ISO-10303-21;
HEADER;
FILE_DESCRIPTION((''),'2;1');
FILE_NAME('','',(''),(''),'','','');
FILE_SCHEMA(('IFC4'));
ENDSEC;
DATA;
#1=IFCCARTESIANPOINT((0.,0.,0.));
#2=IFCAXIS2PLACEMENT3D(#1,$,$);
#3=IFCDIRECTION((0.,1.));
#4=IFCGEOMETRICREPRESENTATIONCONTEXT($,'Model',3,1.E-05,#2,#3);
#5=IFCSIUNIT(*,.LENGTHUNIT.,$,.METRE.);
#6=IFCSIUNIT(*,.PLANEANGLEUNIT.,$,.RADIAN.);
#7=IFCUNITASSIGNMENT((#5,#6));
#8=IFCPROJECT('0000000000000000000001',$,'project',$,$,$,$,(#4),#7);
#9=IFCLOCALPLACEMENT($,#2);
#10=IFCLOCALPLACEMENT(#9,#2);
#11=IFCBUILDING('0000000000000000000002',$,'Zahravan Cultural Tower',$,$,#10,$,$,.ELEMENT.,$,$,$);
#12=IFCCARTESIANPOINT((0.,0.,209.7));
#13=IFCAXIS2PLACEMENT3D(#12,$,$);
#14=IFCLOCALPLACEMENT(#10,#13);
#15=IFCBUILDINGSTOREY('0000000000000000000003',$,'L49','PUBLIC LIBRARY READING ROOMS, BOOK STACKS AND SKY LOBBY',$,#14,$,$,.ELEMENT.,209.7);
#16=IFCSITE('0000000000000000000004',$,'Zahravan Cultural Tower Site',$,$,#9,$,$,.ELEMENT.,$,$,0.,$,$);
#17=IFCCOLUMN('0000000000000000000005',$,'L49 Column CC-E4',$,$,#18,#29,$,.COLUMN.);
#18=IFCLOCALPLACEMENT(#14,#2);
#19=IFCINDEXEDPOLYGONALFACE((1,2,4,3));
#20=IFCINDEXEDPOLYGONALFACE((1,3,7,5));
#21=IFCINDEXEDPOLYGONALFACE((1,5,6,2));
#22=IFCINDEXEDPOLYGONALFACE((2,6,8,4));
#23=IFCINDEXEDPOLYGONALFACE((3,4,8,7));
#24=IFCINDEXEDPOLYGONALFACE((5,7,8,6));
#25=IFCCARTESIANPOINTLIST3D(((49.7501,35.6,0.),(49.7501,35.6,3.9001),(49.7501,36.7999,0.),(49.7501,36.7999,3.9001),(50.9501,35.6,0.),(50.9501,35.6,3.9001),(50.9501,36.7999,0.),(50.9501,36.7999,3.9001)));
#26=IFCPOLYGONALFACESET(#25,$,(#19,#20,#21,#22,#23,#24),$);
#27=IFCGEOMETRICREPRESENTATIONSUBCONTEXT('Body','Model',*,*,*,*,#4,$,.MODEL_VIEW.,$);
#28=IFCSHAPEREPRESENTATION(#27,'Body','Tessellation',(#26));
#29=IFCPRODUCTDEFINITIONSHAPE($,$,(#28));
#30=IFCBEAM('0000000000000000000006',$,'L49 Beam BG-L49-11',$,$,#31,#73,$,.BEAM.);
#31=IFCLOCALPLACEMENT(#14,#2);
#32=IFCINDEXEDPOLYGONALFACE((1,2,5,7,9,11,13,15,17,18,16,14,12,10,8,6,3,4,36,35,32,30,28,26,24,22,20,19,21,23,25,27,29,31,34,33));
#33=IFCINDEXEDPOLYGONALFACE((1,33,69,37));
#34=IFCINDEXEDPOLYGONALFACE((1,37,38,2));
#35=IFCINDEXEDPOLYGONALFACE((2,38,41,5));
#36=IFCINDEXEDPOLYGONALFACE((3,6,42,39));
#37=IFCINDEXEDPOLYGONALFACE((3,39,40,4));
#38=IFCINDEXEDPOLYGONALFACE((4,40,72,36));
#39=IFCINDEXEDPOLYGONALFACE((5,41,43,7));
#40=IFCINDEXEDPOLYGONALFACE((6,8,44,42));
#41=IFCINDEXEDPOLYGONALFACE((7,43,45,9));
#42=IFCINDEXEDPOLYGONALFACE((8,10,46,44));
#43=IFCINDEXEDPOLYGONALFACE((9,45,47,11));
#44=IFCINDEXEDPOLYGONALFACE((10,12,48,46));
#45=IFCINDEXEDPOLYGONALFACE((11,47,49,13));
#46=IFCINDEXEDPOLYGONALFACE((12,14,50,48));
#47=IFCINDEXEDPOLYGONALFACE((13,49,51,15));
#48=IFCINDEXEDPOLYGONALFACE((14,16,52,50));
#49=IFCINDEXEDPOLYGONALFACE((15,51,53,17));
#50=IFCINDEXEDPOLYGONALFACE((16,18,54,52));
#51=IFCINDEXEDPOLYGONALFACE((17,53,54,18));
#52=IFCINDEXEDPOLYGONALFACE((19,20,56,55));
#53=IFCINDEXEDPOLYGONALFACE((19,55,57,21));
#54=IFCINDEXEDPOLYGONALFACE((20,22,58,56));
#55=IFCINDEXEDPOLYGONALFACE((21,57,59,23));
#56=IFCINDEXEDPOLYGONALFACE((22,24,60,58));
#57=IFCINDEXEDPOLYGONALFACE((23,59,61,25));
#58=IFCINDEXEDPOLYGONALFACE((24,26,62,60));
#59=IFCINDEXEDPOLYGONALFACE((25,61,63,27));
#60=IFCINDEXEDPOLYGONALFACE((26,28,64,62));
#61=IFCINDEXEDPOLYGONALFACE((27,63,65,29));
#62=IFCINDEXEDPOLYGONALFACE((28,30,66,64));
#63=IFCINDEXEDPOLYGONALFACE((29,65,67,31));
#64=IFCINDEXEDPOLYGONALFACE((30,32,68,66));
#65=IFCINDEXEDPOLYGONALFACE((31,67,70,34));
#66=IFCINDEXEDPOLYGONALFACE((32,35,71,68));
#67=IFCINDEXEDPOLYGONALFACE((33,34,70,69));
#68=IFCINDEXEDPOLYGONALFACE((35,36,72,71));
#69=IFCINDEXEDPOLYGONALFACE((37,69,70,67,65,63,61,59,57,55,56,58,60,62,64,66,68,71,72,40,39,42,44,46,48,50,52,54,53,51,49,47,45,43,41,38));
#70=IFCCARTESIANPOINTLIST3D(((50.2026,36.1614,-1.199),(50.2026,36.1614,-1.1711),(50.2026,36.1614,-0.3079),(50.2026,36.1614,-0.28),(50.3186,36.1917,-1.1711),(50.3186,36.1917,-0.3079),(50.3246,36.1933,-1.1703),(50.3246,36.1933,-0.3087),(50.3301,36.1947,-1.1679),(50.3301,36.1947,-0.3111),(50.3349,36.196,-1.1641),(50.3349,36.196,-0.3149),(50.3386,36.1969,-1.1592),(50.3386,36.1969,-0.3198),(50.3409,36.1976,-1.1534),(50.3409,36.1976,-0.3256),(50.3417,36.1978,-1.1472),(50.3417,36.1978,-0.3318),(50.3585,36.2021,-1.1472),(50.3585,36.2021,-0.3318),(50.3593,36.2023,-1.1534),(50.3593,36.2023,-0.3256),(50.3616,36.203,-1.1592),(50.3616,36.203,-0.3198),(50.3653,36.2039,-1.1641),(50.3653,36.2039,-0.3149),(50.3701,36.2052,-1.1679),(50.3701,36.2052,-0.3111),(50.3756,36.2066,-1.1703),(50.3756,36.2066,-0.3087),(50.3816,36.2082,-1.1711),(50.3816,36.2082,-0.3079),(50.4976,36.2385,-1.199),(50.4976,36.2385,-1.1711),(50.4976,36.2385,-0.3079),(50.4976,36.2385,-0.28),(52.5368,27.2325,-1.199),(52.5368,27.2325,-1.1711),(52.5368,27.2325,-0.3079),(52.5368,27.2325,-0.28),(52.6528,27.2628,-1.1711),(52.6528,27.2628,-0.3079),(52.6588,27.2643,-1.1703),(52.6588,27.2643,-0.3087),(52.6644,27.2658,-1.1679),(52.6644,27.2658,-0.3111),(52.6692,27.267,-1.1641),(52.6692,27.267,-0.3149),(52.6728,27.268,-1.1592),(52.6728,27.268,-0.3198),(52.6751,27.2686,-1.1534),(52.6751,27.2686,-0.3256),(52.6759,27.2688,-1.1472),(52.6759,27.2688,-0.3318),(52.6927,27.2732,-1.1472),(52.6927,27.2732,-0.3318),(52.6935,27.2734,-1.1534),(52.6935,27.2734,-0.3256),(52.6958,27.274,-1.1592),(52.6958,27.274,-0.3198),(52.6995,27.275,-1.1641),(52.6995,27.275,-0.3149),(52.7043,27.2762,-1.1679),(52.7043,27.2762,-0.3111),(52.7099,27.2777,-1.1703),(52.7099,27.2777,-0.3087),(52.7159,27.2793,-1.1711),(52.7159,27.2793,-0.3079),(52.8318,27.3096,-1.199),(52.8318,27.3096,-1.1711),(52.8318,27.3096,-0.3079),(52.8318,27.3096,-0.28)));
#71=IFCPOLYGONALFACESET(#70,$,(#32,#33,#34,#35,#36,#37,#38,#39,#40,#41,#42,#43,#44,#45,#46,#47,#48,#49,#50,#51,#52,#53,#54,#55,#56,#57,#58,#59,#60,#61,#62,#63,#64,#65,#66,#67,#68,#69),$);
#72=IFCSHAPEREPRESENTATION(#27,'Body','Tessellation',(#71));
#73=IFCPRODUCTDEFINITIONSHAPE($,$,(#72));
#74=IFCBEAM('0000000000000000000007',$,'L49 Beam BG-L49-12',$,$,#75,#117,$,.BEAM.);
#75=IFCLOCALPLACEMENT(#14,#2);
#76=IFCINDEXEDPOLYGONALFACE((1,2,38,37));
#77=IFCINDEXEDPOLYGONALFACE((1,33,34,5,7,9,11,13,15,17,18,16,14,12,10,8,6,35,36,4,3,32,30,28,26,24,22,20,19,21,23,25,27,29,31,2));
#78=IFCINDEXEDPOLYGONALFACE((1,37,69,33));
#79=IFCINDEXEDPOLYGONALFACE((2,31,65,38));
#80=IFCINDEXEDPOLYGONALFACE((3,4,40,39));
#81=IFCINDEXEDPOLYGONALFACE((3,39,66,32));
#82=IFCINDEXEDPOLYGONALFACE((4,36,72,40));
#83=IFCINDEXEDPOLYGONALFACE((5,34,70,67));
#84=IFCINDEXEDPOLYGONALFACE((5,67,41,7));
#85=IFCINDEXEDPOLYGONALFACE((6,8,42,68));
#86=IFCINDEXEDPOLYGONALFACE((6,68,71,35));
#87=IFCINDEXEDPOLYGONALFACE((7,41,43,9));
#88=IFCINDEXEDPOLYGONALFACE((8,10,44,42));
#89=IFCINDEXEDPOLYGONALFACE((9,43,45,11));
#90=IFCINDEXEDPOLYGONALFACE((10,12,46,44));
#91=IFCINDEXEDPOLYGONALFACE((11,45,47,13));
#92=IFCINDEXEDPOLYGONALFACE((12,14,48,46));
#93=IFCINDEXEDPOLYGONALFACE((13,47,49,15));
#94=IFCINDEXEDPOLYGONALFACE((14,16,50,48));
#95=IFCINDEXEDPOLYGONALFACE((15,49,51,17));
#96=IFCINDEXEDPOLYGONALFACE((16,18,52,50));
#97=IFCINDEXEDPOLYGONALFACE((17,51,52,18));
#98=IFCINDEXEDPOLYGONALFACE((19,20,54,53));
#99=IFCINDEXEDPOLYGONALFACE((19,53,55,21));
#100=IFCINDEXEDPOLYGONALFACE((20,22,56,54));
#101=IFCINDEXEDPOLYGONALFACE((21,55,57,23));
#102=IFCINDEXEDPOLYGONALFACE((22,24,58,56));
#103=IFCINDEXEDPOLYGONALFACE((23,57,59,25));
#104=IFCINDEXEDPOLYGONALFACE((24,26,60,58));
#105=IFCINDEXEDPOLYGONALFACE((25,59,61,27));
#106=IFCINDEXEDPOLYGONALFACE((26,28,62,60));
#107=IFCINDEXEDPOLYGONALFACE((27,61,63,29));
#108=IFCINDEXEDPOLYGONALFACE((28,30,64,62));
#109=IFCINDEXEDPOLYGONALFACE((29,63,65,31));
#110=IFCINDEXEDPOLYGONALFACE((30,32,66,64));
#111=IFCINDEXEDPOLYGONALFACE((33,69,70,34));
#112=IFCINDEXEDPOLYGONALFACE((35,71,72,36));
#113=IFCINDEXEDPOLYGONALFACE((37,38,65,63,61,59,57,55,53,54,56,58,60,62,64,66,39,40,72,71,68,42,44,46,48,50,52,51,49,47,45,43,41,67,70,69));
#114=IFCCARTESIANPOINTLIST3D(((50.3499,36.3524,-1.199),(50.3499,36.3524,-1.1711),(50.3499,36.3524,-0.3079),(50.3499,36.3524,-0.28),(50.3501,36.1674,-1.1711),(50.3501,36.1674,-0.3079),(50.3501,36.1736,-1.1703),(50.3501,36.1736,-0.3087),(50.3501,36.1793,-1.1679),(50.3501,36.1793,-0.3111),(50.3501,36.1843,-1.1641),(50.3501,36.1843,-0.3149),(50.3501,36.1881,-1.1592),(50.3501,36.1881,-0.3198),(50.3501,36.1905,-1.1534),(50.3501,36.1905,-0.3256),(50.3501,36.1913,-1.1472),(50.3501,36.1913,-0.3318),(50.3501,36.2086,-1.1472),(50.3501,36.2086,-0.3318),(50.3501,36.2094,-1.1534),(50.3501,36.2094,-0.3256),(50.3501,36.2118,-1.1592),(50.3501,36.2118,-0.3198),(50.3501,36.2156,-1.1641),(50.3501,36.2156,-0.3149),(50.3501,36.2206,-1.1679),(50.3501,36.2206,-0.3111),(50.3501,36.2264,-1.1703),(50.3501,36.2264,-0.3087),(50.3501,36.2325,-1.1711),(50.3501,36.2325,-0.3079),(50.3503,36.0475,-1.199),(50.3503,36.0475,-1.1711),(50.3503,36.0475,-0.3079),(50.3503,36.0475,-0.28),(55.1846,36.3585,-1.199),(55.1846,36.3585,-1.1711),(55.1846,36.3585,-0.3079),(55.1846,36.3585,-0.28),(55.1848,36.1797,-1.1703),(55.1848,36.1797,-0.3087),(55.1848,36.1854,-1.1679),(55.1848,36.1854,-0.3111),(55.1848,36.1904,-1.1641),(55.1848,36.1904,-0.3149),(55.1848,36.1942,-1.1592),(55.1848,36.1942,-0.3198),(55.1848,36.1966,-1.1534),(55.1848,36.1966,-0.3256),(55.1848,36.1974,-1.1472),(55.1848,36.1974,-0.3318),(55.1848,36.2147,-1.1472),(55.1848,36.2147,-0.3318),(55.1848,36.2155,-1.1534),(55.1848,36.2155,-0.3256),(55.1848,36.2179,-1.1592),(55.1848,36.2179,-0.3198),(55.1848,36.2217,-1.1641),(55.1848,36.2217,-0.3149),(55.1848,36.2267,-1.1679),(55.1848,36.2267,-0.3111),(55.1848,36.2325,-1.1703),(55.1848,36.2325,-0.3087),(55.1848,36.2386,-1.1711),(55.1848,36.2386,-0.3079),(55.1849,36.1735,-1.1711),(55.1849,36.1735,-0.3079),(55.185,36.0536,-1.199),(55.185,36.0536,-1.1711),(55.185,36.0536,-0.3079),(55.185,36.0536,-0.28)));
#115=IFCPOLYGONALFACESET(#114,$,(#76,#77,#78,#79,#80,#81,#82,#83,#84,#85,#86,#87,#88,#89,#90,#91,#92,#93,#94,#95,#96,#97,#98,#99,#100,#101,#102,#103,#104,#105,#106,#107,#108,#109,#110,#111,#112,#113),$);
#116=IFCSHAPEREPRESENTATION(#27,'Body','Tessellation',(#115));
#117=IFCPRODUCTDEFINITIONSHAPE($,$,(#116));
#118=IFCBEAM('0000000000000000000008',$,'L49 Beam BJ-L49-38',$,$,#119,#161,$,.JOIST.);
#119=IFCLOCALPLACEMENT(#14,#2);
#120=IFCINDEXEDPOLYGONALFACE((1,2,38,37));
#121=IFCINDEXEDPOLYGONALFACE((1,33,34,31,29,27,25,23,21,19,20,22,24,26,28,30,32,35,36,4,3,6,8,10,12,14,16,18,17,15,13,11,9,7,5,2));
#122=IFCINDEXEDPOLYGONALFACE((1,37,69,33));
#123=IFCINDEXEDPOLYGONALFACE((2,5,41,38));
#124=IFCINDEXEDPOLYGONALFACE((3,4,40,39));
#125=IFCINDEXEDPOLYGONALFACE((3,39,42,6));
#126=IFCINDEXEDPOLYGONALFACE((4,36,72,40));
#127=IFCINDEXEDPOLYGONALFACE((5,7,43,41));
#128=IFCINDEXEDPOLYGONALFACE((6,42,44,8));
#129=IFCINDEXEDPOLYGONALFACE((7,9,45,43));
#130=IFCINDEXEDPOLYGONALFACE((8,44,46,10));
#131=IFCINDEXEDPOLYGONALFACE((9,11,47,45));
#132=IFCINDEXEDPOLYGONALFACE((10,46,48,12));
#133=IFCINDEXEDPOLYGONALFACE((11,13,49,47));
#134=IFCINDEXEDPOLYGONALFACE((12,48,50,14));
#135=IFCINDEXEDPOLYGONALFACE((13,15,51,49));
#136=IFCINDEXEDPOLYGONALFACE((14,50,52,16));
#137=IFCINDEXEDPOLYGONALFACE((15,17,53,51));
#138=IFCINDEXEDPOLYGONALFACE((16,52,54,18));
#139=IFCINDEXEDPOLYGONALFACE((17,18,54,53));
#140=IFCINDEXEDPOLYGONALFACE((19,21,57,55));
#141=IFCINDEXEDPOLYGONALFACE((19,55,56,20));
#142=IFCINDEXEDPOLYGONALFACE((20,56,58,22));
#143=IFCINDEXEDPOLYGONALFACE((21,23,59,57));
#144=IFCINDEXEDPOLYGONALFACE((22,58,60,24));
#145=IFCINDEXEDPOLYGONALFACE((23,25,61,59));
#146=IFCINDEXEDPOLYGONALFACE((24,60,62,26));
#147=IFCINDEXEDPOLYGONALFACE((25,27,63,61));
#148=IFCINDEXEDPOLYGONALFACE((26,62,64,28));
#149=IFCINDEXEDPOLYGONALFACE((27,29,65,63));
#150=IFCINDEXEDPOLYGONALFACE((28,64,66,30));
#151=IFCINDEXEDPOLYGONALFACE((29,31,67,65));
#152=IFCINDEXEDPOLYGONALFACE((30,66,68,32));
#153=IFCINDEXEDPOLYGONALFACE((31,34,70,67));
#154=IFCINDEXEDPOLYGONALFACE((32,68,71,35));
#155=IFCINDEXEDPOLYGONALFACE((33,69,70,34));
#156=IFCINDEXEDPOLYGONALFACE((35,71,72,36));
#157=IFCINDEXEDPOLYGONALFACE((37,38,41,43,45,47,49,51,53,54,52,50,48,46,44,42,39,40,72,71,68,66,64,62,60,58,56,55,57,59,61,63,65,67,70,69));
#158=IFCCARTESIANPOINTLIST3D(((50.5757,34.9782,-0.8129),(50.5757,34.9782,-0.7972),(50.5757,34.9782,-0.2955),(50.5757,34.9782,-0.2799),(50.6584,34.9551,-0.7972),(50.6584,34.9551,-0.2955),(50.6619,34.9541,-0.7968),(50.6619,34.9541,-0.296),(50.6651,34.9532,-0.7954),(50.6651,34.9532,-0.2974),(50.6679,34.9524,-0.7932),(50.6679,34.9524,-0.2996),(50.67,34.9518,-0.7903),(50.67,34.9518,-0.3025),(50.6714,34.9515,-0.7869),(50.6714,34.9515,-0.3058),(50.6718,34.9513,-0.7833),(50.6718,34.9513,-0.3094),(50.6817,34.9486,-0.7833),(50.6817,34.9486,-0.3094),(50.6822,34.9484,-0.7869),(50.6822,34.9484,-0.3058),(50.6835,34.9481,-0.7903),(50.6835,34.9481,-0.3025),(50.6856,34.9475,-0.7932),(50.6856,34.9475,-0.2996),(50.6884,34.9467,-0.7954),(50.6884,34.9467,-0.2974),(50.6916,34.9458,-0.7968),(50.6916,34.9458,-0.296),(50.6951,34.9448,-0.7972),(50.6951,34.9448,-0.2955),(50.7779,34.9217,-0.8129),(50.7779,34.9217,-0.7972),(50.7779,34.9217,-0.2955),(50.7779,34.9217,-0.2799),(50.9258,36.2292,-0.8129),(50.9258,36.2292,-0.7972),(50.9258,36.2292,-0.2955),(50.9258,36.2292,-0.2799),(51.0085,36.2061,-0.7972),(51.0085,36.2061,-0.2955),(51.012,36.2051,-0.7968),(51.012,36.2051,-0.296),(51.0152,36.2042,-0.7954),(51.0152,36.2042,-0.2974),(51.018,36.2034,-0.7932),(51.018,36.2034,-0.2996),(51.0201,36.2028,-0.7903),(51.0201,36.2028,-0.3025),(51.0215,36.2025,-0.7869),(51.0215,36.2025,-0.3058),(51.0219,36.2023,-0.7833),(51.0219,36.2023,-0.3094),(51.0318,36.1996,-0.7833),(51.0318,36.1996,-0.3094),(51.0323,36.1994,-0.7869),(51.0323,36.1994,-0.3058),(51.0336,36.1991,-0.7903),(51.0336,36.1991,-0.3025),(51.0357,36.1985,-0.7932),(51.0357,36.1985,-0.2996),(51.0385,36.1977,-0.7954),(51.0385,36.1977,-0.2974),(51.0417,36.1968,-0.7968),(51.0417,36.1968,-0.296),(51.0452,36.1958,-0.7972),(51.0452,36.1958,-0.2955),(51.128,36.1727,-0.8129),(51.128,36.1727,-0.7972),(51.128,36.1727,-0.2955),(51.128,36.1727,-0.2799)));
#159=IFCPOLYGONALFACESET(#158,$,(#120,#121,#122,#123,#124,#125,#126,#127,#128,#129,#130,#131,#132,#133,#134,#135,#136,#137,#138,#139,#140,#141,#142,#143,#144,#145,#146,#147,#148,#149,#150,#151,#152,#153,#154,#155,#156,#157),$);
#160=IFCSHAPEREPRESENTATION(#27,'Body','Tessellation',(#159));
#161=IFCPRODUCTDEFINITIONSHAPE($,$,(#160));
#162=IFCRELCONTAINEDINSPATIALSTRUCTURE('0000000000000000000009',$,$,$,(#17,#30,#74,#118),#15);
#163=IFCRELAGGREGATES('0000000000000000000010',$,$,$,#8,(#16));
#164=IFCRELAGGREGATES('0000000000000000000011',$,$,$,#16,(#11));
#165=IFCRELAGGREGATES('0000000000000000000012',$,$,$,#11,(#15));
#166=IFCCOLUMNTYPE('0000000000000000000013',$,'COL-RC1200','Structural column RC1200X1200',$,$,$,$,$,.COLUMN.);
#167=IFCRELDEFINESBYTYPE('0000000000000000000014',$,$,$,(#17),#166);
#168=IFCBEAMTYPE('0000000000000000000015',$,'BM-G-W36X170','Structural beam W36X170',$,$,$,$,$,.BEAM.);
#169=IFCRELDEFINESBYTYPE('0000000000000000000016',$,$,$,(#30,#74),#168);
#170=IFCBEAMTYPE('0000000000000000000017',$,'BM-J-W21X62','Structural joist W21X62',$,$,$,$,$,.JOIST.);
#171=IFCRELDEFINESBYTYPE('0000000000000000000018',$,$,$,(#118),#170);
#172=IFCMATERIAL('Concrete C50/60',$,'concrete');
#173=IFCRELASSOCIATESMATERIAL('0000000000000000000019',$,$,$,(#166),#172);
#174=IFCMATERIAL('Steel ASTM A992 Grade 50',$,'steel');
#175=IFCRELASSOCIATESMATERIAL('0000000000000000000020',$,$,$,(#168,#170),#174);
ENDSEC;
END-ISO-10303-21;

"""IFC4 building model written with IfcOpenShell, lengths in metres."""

from ifc_helpers import new_model, si_unit, direction, frame, origin, origin_2d, place, context, subcontext, project, spatial, rectangle, i_section, extrude, source, transform, mapped, material, material_profile, profile_set, type_object, element, save


model = new_model("IFC4")

# Units and contexts
model_context = context("Model", 3, precision=1e-05, world=origin(), true_north=direction((0.0, 1.0)))
body_context = subcontext(model_context, "Body", "Model", "MODEL_VIEW")
ifc_project = project(units=[si_unit("LENGTHUNIT", "METRE"), si_unit("PLANEANGLEUNIT", "RADIAN")], contexts=[model_context])

# Site, building, storey
site_placement = place(None, origin())
site = spatial("IfcSite", under=ifc_project, at=site_placement, Name="Zahravan Cultural Tower Site", CompositionType="ELEMENT", RefElevation=0.0)
building_placement = place(site_placement, origin())
building = spatial("IfcBuilding", under=site, at=building_placement, Name="Zahravan Cultural Tower", CompositionType="ELEMENT")
storey_placement = place(building_placement, frame((0.0, 0.0, 209.7)))
storey = spatial("IfcBuildingStorey", under=building, at=storey_placement, Name="L49", Description="PUBLIC LIBRARY READING ROOMS, BOOK STACKS AND SKY LOBBY", CompositionType="ELEMENT", Elevation=209.7)

# Column
ifc_material_1 = material(Name="Concrete C50/60", Category="concrete")
ifc_material_profile_1 = material_profile(ifc_material_1, rectangle(XDim=1.2, YDim=1.2, at=origin_2d()), Name="RC1200X1200")
ifc_profile_set_1 = profile_set([ifc_material_profile_1], Name="Concrete C50/60")
column_type = type_object("IfcColumnType", Name="COL-RC1200", Description="Structural column RC1200X1200", PredefinedType="COLUMN", material=ifc_profile_set_1)
shared_shape_1 = source(origin(), body_context, "Body", "SweptSolid", [
    extrude(rectangle(XDim=1.2, YDim=1.2, at=origin_2d()), origin(), (0.0, 0.0, 1.0), 3.9001),
])
column_placement = place(storey_placement, frame((50.3501, 36.2, 0.0), z_axis=(0.0, 0.0, 1.0), x_axis=(1.0, 0.0, 0.0)))
element("IfcColumn", 1, at=column_placement, inside=storey, type_object=column_type, Name="L49 Column CC-E4", PredefinedType="COLUMN", context=body_context, shape_type="MappedRepresentation", body=[
    mapped(shared_shape_1, transform((0.0, 0.0, 0.0), x_axis=(1.0, 0.0, 0.0), y_axis=(0.0, 1.0, 0.0), z_axis=(0.0, 0.0, 1.0), scale=1.0)),
])

# Beams
ifc_material_2 = material(Name="Steel ASTM A992 Grade 50", Category="steel")
ifc_material_profile_2 = material_profile(ifc_material_2, i_section(OverallWidth=0.3049, OverallDepth=0.9189, WebThickness=0.0173, FlangeThickness=0.0278, FilletRadius=0.0239, at=origin_2d()), Name="W36X170")
ifc_profile_set_2 = profile_set([ifc_material_profile_2], Name="Steel ASTM A992 Grade 50")
beam_type_1 = type_object("IfcBeamType", Name="BM-G-W36X170", Description="Structural beam W36X170", PredefinedType="BEAM", material=ifc_profile_set_2)
shared_shape_2 = source(origin(), body_context, "Body", "SweptSolid", [
    extrude(i_section(OverallWidth=0.3049, OverallDepth=0.9189, WebThickness=0.0173, FlangeThickness=0.0278, FilletRadius=0.0239, at=origin_2d()), origin(), (0.0, 0.0, 1.0), 9.229),
])
beam_1_placement = place(storey_placement, frame((50.3501, 36.2, -0.7395), z_axis=(0.252923, -0.967487, 0.0), x_axis=(0.967487, 0.252923, 0.0)))
element("IfcBeam", 2, at=beam_1_placement, inside=storey, type_object=beam_type_1, Name="L49 Beam BG-L49-11", PredefinedType="BEAM", context=body_context, shape_type="MappedRepresentation", body=[
    mapped(shared_shape_2, transform((0.0, 0.0, 0.0), x_axis=(1.0, 0.0, 0.0), y_axis=(0.0, 1.0, 0.0), z_axis=(0.0, 0.0, 1.0), scale=1.0)),
])
shared_shape_3 = source(origin(), body_context, "Body", "SweptSolid", [
    extrude(i_section(OverallWidth=0.3049, OverallDepth=0.9189, WebThickness=0.0173, FlangeThickness=0.0278, FilletRadius=0.0239, at=origin_2d()), origin(), (0.0, 0.0, 1.0), 4.8347),
])
beam_2_placement = place(storey_placement, frame((50.3501, 36.2, -0.7395), z_axis=(0.999999, 0.001262, 0.0), x_axis=(-0.001262, 0.999999, 0.0)))
element("IfcBeam", 3, at=beam_2_placement, inside=storey, type_object=beam_type_1, Name="L49 Beam BG-L49-12", PredefinedType="BEAM", context=body_context, shape_type="MappedRepresentation", body=[
    mapped(shared_shape_3, transform((0.0, 0.0, 0.0), x_axis=(1.0, 0.0, 0.0), y_axis=(0.0, 1.0, 0.0), z_axis=(0.0, 0.0, 1.0), scale=1.0)),
])
ifc_material_profile_3 = material_profile(ifc_material_2, i_section(OverallWidth=0.21, OverallDepth=0.533, WebThickness=0.0103, FlangeThickness=0.0156, FilletRadius=0.0139, at=origin_2d()), Name="W21X62")
ifc_profile_set_3 = profile_set([ifc_material_profile_3], Name="Steel ASTM A992 Grade 50")
beam_type_2 = type_object("IfcBeamType", Name="BM-J-W21X62", Description="Structural joist W21X62", PredefinedType="JOIST", material=ifc_profile_set_3)
shared_shape_4 = source(origin(), body_context, "Body", "SweptSolid", [
    extrude(i_section(OverallWidth=0.21, OverallDepth=0.533, WebThickness=0.0103, FlangeThickness=0.0156, FilletRadius=0.0139, at=origin_2d()), origin(), (0.0, 0.0, 1.0), 1.2991),
])
beam_3_placement = place(storey_placement, frame((50.6768, 34.95, -0.5464), z_axis=(0.269504, 0.962999, 0.0), x_axis=(-0.962999, 0.269504, 0.0)))
element("IfcBeam", 4, at=beam_3_placement, inside=storey, type_object=beam_type_2, Name="L49 Beam BJ-L49-38", PredefinedType="JOIST", context=body_context, shape_type="MappedRepresentation", body=[
    mapped(shared_shape_4, transform((0.0, 0.0, 0.0), x_axis=(1.0, 0.0, 0.0), y_axis=(0.0, 1.0, 0.0), z_axis=(0.0, 0.0, 1.0), scale=1.0)),
])

save(model, "model.ifc")
